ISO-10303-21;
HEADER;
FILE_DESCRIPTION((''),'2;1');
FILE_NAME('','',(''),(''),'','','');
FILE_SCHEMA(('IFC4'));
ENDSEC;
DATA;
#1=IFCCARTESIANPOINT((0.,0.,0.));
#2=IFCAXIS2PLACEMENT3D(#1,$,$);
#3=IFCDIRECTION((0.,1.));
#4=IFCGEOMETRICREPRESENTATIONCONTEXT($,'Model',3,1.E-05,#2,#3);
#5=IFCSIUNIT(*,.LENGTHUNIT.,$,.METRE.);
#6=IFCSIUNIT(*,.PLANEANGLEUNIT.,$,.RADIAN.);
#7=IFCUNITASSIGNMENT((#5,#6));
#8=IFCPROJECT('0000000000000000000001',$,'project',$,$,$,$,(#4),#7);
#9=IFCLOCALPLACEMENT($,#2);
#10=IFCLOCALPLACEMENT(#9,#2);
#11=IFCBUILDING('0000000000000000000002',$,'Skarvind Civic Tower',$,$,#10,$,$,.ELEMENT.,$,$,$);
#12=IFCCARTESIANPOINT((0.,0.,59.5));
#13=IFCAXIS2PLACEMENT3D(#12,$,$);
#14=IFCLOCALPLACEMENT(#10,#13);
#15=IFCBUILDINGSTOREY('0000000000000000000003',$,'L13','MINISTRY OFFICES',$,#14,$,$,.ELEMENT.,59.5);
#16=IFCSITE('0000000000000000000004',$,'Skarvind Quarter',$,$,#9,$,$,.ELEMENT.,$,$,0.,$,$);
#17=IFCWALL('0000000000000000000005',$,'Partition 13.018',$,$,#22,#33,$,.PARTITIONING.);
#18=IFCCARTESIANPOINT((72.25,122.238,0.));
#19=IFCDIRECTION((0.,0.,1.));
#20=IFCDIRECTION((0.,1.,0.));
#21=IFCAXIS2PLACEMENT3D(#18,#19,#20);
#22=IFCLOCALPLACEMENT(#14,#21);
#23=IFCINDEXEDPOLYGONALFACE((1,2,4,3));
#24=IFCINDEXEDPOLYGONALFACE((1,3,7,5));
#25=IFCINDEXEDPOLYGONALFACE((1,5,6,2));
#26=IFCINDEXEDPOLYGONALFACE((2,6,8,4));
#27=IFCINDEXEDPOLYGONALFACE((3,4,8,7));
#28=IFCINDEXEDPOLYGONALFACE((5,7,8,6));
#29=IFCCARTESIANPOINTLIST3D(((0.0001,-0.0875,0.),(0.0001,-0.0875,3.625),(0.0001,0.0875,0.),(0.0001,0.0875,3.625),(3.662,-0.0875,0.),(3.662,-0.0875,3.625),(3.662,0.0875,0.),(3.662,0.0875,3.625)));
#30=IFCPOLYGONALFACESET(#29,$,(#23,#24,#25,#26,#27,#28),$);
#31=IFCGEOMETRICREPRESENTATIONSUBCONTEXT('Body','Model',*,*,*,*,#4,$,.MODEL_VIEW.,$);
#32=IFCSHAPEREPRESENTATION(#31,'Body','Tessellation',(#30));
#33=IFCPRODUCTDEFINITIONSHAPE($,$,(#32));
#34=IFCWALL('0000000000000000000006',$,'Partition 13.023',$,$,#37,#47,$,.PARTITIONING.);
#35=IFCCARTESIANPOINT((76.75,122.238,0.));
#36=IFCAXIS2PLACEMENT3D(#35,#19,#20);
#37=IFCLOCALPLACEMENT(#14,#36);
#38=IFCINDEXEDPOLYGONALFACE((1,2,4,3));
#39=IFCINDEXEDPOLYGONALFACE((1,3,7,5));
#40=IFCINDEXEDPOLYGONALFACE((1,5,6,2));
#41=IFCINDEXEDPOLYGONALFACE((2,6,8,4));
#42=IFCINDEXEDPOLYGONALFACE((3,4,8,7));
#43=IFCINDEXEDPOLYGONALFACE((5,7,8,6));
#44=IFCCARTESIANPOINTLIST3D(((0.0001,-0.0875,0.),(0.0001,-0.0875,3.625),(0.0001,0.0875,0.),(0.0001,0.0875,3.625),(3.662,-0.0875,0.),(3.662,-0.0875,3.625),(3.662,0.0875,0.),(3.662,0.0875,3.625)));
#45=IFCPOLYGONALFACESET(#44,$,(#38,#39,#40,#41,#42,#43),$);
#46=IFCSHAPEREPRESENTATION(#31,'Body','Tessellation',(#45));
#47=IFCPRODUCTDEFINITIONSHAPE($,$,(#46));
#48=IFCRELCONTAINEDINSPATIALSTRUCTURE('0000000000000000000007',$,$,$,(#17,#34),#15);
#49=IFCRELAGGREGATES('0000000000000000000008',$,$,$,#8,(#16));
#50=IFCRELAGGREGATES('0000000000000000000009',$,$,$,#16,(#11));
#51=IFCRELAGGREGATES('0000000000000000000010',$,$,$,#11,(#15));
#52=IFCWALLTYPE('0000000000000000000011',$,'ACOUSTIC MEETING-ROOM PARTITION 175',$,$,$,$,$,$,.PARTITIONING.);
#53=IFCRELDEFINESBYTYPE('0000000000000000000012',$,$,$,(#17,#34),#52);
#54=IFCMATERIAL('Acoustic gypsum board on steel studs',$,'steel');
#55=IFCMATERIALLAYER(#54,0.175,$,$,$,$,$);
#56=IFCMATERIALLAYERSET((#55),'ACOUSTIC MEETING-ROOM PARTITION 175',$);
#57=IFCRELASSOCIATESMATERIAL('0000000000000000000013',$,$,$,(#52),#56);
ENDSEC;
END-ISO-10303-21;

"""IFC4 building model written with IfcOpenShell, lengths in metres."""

from ifc_helpers import new_model, si_unit, direction, frame, frame_2d, origin, place, context, subcontext, project, spatial, rectangle, extrude, material, layer, layer_set, type_object, element, save


model = new_model("IFC4")

# Units and contexts
model_context = context("Model", 3, precision=1e-05, world=origin(), true_north=direction((0.0, 1.0)))
body_context = subcontext(model_context, "Body", "Model", "MODEL_VIEW")
ifc_project = project(units=[si_unit("LENGTHUNIT", "METRE"), si_unit("PLANEANGLEUNIT", "RADIAN")], contexts=[model_context])

# Site, building, storey
site_placement = place(None, origin())
site = spatial("IfcSite", under=ifc_project, at=site_placement, Name="Skarvind Quarter", CompositionType="ELEMENT", RefElevation=0.0)
building_placement = place(site_placement, origin())
building = spatial("IfcBuilding", under=site, at=building_placement, Name="Skarvind Civic Tower", CompositionType="ELEMENT")
storey_placement = place(building_placement, frame((0.0, 0.0, 59.5)))
storey = spatial("IfcBuildingStorey", under=building, at=storey_placement, Name="L13", Description="MINISTRY OFFICES", CompositionType="ELEMENT", Elevation=59.5)

# Walls
ifc_material_1 = material(Name="Acoustic gypsum board on steel studs", Category="steel")
ifc_layer_1 = layer(ifc_material_1, 0.175)
ifc_layer_set_1 = layer_set([ifc_layer_1], Name="ACOUSTIC MEETING-ROOM PARTITION 175")
wall_type_1 = type_object("IfcWallType", Name="ACOUSTIC MEETING-ROOM PARTITION 175", PredefinedType="PARTITIONING", material=ifc_layer_set_1)
wall_1_placement = place(storey_placement, frame((72.25, 122.238, 0.0), z_axis=(0.0, 0.0, 1.0), x_axis=(0.0, 1.0, 0.0)))
element("IfcWall", 1, at=wall_1_placement, inside=storey, type_object=wall_type_1, Name="Partition 13.018", PredefinedType="PARTITIONING", context=body_context, shape_type="SweptSolid", body=[
    extrude(rectangle(XDim=3.6619, YDim=0.175, at=frame_2d((1.8311, 0.0))), origin(), (0.0, 0.0, 1.0), 3.625),
])
wall_2_placement = place(storey_placement, frame((76.75, 122.238, 0.0), z_axis=(0.0, 0.0, 1.0), x_axis=(0.0, 1.0, 0.0)))
element("IfcWall", 2, at=wall_2_placement, inside=storey, type_object=wall_type_1, Name="Partition 13.023", PredefinedType="PARTITIONING", context=body_context, shape_type="SweptSolid", body=[
    extrude(rectangle(XDim=3.6619, YDim=0.175, at=frame_2d((1.8311, 0.0))), origin(), (0.0, 0.0, 1.0), 3.625),
])

save(model, "model.ifc")
